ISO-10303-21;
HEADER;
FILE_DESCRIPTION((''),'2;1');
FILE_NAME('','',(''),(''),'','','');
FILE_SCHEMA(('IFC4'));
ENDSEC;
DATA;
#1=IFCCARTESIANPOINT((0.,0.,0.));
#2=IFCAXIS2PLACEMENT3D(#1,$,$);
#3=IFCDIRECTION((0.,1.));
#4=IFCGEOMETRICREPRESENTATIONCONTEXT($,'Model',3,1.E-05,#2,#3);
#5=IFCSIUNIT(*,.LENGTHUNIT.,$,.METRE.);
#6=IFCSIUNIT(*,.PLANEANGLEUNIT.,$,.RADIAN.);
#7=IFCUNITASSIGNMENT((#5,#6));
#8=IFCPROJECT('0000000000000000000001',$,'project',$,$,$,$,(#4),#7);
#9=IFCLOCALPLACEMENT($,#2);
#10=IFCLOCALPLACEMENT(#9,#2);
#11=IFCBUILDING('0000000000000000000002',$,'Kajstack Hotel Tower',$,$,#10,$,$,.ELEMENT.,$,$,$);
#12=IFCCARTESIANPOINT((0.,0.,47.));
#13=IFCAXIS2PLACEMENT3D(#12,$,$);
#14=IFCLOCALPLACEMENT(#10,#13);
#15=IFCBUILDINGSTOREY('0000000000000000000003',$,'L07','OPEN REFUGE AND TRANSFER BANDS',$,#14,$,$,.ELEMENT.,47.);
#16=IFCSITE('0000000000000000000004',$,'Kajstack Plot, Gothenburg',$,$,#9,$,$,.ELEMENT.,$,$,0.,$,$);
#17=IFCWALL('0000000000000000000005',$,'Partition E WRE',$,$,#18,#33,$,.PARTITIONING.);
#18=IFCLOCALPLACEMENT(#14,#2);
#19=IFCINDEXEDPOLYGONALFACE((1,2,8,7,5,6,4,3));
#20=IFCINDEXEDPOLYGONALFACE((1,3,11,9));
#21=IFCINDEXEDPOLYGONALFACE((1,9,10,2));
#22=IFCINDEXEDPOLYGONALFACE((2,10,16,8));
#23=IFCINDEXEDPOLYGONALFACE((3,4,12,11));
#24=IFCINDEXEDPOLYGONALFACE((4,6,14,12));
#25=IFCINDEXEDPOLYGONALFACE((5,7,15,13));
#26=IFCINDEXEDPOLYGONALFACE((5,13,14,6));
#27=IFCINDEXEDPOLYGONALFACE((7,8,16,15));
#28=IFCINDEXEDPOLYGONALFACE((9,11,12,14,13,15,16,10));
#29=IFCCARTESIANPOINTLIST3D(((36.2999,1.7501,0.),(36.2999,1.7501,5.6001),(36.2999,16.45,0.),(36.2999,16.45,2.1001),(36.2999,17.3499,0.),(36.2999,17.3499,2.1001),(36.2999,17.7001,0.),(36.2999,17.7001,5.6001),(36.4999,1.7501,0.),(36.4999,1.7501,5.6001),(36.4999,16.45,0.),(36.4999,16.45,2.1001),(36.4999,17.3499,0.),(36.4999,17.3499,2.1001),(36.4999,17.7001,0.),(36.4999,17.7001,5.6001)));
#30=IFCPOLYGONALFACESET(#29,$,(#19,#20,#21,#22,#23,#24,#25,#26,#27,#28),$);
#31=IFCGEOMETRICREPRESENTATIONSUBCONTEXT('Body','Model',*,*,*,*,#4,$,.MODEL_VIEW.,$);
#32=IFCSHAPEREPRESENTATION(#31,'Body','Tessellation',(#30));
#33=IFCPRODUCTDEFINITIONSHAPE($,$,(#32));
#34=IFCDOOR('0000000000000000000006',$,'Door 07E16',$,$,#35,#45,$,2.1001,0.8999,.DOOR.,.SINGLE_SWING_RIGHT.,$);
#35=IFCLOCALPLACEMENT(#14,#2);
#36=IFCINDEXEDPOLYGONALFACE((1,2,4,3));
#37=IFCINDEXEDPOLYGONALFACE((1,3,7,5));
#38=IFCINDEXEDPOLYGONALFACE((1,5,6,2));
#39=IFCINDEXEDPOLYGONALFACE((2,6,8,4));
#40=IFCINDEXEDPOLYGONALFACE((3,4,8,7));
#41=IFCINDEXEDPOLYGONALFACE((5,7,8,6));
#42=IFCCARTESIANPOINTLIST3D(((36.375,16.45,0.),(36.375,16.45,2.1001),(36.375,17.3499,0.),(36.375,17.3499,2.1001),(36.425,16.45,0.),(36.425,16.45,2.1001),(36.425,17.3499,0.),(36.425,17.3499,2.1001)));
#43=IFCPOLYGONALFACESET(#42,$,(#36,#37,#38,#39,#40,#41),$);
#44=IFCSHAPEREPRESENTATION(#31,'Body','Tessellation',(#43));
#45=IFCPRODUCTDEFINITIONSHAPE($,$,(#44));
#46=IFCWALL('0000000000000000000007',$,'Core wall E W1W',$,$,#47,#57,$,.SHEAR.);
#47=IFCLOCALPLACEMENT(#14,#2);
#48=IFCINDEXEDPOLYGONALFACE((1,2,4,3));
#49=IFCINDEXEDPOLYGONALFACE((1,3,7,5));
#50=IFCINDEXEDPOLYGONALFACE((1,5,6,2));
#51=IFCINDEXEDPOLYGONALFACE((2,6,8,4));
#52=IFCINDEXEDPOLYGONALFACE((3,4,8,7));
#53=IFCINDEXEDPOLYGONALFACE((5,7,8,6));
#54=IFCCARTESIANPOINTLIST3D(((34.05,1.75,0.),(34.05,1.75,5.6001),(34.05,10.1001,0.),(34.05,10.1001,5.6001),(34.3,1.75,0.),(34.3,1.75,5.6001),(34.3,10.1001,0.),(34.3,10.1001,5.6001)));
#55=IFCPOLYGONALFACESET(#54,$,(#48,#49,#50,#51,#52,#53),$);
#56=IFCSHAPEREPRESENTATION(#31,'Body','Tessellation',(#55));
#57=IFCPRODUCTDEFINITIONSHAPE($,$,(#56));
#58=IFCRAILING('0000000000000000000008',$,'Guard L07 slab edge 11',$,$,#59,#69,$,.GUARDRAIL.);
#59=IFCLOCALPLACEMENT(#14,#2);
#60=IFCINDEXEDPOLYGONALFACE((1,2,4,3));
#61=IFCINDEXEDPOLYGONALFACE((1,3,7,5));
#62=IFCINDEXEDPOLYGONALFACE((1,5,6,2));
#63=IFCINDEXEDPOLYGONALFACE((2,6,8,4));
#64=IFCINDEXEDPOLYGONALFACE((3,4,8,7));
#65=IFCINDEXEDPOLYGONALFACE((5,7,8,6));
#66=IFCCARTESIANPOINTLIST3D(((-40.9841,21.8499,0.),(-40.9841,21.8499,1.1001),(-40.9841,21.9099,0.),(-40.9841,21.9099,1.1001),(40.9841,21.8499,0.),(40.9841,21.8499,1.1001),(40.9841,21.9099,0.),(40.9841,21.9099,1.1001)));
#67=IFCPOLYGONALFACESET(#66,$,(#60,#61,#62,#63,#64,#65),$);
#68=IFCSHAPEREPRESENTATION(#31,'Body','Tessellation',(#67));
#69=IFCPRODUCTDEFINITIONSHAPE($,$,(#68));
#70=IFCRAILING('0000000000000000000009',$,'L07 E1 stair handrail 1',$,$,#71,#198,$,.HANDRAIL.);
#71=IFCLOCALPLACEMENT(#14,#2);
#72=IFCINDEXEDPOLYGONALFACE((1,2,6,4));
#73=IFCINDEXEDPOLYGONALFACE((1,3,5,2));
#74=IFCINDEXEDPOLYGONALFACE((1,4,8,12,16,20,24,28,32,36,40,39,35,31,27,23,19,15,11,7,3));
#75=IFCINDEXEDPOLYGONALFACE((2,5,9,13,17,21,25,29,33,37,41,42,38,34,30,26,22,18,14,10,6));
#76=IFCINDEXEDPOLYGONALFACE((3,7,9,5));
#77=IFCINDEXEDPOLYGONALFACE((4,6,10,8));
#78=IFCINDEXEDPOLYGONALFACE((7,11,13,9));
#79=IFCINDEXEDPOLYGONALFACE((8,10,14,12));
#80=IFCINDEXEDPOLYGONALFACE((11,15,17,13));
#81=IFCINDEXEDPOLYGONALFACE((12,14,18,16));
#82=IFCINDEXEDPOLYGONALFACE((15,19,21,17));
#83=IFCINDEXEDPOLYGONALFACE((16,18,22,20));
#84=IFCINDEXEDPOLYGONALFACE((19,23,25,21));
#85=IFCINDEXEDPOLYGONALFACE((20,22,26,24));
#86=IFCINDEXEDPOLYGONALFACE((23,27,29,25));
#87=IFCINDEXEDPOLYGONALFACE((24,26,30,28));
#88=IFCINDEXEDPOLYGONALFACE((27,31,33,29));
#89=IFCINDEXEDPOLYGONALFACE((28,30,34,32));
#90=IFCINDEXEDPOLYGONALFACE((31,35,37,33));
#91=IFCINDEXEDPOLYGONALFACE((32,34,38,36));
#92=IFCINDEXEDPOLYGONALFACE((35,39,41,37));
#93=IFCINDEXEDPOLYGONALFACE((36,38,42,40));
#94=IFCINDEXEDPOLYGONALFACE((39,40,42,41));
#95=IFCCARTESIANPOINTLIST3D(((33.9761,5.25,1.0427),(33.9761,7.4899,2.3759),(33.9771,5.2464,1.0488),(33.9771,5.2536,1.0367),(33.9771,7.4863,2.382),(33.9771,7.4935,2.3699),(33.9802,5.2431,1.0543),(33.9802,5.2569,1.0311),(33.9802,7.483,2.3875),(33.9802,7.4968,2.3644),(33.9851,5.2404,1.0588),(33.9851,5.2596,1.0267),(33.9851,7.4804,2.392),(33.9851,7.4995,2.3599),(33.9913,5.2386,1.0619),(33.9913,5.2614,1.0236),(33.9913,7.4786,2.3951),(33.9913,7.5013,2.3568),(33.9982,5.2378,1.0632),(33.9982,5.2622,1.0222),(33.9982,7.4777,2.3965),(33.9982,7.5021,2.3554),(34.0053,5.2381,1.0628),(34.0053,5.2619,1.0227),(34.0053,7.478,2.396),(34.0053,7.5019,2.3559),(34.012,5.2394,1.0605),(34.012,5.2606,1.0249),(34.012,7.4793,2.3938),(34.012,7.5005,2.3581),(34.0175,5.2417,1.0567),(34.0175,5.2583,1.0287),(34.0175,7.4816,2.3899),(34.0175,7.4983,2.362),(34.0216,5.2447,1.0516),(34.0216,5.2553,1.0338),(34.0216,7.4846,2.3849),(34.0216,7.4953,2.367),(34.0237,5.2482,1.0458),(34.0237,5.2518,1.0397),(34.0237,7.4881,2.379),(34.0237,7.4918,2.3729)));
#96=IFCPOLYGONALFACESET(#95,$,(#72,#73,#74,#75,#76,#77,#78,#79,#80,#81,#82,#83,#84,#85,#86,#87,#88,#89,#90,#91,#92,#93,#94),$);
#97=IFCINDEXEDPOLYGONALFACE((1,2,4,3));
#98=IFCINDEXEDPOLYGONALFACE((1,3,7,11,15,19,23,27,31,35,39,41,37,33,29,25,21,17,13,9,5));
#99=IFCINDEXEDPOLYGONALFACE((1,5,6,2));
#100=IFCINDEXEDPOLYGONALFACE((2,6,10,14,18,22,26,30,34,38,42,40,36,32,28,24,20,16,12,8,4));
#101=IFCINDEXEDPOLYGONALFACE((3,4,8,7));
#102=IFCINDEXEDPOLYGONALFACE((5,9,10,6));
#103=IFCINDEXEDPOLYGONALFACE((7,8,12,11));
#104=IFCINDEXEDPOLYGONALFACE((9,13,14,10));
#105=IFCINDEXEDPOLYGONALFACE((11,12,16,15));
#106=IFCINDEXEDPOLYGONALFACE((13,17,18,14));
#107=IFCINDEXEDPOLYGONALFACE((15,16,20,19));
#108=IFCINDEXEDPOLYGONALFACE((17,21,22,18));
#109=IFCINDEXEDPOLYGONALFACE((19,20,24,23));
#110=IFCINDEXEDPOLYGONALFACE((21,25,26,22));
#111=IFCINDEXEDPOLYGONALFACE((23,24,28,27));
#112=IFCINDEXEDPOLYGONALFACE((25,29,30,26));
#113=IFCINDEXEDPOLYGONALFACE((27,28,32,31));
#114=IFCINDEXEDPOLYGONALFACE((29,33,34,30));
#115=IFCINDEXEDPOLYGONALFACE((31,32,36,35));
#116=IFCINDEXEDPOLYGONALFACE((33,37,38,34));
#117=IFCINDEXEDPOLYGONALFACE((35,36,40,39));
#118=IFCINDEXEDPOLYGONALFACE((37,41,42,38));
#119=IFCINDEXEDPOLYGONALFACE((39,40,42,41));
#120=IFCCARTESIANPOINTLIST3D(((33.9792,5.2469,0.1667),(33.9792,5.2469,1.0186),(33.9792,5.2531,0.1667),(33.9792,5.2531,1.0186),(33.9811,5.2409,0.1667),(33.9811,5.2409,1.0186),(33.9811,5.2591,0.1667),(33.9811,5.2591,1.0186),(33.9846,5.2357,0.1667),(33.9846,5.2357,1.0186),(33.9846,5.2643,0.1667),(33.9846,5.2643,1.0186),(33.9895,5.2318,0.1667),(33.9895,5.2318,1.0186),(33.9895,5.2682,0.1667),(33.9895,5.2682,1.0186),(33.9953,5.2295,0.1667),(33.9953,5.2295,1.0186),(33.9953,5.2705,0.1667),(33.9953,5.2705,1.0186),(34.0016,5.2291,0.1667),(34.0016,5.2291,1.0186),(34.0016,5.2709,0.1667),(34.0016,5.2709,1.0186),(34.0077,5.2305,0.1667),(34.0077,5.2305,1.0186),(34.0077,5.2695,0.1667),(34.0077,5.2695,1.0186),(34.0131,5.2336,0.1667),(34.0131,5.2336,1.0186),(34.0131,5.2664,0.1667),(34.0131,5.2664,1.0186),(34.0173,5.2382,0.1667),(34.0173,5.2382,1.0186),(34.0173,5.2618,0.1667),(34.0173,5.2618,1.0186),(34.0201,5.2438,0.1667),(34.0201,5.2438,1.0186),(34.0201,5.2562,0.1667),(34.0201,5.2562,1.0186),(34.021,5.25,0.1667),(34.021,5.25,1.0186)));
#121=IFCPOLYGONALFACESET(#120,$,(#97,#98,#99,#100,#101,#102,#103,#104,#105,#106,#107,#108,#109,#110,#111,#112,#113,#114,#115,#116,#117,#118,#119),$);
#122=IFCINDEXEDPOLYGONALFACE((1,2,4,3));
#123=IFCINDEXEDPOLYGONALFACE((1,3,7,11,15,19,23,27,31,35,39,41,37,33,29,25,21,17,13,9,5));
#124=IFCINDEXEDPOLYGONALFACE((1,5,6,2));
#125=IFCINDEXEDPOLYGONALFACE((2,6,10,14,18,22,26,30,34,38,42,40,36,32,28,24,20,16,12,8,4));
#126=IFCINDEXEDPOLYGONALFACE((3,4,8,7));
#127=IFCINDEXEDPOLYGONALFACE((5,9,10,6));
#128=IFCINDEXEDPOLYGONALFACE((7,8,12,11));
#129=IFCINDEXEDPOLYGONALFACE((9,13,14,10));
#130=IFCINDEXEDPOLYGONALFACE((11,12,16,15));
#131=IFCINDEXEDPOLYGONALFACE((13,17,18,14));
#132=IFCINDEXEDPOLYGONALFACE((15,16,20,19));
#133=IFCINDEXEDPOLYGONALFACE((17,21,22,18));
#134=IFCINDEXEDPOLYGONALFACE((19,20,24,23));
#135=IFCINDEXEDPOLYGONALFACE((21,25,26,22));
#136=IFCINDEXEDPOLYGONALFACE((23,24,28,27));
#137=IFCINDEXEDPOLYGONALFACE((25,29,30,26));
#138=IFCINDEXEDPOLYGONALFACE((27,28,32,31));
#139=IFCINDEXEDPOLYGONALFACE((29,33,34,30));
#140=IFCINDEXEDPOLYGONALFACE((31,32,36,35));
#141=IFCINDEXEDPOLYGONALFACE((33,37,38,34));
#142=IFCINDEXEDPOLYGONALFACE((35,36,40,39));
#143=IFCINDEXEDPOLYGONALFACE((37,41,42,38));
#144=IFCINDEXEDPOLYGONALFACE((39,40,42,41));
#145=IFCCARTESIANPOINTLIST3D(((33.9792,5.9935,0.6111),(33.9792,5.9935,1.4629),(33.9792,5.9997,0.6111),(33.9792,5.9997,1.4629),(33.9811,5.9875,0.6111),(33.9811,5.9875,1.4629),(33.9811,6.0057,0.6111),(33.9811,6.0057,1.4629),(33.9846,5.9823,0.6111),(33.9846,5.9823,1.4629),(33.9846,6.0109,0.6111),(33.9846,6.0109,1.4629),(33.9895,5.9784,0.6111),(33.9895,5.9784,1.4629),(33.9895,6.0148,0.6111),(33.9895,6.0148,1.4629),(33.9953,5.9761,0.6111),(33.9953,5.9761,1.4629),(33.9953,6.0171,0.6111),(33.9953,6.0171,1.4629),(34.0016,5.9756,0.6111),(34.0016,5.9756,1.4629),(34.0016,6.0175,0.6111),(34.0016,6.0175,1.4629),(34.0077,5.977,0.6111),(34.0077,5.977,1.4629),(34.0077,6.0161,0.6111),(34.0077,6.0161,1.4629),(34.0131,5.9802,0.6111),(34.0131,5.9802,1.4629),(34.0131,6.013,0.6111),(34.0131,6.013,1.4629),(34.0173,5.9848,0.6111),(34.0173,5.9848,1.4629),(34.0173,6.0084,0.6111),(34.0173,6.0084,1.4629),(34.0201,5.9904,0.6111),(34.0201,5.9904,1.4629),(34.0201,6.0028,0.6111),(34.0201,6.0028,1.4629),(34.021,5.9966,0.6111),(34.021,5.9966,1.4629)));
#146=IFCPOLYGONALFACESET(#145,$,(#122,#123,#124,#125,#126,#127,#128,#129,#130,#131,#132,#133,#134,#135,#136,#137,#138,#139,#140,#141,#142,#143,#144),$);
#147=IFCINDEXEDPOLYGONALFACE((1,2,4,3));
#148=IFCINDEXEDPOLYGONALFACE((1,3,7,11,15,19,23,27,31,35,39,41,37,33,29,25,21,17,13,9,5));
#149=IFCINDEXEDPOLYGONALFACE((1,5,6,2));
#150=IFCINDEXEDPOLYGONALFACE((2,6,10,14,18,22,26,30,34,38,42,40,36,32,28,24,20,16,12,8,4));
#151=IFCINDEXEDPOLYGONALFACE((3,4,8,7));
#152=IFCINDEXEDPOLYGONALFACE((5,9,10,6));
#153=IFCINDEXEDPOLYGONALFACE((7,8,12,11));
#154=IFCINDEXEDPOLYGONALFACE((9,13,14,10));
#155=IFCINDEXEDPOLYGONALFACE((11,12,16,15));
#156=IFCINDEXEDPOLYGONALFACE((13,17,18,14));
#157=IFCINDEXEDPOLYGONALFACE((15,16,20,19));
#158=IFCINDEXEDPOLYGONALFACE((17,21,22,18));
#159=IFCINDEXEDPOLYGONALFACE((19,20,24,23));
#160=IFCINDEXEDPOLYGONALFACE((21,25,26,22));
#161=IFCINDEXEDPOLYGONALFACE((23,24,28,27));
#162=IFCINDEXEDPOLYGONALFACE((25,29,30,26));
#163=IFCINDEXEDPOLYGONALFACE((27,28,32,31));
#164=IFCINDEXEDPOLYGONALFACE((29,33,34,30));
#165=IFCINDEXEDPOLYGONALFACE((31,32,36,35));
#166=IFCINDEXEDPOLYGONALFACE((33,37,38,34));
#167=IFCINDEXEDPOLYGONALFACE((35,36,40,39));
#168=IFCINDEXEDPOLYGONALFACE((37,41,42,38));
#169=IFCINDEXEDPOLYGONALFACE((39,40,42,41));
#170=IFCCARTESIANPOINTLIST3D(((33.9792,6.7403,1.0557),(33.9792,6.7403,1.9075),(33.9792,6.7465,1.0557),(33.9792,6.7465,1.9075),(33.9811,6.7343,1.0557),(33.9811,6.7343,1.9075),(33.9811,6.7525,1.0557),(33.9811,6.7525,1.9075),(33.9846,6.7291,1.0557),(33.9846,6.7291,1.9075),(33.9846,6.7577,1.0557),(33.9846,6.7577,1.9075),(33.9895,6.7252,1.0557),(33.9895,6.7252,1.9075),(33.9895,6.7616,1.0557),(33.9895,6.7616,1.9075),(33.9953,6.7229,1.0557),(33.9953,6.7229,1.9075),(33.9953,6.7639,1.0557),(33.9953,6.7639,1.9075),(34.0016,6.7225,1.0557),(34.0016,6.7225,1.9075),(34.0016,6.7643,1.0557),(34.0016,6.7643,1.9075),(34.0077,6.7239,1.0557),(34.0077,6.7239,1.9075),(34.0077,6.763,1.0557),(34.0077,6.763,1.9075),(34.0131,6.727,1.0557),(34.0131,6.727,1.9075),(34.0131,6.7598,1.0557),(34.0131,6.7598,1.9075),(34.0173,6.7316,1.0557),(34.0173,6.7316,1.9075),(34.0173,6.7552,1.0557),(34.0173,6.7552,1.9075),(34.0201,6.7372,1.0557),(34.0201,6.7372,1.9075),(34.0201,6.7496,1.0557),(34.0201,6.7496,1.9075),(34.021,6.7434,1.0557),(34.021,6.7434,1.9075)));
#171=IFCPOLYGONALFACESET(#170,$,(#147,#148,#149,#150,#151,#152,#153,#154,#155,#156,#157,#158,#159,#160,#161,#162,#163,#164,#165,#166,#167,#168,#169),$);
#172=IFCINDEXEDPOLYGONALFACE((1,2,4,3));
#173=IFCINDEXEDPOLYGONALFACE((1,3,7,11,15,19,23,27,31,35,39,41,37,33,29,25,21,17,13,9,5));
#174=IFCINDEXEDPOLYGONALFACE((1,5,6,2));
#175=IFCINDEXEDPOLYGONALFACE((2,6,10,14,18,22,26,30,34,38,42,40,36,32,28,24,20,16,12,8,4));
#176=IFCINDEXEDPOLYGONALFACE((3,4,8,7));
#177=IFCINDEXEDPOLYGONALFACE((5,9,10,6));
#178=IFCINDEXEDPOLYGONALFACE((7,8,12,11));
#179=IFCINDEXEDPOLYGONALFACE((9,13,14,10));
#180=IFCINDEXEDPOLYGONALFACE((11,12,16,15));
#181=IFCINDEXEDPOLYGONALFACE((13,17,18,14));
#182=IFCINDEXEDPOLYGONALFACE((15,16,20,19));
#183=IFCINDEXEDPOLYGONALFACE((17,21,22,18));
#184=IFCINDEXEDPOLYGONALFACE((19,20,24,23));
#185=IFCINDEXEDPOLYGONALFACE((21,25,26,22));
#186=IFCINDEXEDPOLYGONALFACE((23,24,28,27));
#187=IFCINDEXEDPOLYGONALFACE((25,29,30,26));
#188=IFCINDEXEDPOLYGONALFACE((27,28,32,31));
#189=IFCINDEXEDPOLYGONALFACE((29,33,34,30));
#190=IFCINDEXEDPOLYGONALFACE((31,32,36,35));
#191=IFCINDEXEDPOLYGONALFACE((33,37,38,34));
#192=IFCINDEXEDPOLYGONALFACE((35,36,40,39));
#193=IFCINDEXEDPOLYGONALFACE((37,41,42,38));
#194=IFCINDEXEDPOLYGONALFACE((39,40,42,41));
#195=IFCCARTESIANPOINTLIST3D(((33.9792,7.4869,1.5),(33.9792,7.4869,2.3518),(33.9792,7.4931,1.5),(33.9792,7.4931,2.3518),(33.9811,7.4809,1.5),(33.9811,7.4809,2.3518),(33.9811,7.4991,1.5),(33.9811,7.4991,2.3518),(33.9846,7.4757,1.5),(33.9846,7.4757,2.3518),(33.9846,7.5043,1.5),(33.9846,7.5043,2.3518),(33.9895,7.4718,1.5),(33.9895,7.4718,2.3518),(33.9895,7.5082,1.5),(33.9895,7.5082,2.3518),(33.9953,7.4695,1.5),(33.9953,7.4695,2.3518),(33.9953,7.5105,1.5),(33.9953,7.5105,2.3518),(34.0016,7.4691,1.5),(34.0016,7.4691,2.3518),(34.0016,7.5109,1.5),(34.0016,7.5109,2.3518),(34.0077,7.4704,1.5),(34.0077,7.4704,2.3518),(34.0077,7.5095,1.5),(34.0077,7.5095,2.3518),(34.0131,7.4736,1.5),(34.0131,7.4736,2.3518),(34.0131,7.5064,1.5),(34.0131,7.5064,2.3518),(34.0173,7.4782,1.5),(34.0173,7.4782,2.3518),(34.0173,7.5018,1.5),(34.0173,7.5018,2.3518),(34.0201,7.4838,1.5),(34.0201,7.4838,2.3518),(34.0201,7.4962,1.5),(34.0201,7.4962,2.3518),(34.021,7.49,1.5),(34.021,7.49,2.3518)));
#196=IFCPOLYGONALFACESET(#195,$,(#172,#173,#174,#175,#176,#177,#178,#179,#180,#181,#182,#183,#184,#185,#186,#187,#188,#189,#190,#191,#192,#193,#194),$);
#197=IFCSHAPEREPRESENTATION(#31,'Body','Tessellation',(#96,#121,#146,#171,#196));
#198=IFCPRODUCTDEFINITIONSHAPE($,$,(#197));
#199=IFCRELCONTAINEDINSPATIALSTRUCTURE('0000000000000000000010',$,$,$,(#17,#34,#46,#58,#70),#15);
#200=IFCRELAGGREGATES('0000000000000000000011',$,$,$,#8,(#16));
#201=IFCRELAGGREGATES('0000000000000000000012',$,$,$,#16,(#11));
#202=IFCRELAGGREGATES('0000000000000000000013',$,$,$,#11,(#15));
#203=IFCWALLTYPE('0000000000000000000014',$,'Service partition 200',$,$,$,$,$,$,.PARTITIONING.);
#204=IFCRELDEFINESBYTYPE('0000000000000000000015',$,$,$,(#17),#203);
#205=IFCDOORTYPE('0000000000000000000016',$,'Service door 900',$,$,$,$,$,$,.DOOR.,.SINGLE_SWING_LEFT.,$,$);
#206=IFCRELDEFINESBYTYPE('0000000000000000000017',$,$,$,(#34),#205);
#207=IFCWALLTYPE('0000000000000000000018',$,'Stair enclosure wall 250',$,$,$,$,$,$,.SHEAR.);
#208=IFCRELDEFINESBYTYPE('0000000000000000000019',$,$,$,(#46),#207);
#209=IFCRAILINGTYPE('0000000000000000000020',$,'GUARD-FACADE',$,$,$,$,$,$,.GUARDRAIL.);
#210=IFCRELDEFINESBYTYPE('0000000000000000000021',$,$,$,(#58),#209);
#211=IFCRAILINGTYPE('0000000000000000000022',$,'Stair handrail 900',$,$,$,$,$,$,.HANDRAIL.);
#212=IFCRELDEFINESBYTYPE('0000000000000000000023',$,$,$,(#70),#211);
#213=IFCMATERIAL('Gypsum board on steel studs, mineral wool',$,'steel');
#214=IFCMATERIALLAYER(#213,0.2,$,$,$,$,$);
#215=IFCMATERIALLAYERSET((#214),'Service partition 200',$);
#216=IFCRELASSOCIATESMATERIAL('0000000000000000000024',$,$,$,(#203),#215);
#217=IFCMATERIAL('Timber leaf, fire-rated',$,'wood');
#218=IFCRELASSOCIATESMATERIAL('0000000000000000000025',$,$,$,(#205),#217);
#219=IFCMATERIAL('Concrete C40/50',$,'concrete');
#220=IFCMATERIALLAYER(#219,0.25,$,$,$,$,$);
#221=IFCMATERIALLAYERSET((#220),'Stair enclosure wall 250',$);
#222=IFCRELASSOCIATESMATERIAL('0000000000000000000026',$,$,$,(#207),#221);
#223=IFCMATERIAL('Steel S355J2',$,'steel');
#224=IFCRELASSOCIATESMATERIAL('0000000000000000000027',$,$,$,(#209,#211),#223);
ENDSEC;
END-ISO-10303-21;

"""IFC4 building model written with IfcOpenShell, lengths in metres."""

from ifc_helpers import new_model, si_unit, direction, frame, frame_2d, origin, origin_2d, place, context, subcontext, project, spatial, polyline, rectangle, circle, outline, extrude, material, layer, layer_set, type_object, element, fill, save


model = new_model("IFC4")

# Units and contexts
model_context = context("Model", 3, precision=1e-05, world=origin(), true_north=direction((0.0, 1.0)))
body_context = subcontext(model_context, "Body", "Model", "MODEL_VIEW")
ifc_project = project(units=[si_unit("LENGTHUNIT", "METRE"), si_unit("PLANEANGLEUNIT", "RADIAN")], contexts=[model_context])

# Site, building, storey
site_placement = place(None, origin())
site = spatial("IfcSite", under=ifc_project, at=site_placement, Name="Kajstack Plot, Gothenburg", CompositionType="ELEMENT", RefElevation=0.0)
building_placement = place(site_placement, origin())
building = spatial("IfcBuilding", under=site, at=building_placement, Name="Kajstack Hotel Tower", CompositionType="ELEMENT")
storey_placement = place(building_placement, frame((0.0, 0.0, 47.0)))
storey = spatial("IfcBuildingStorey", under=building, at=storey_placement, Name="L07", Description="OPEN REFUGE AND TRANSFER BANDS", CompositionType="ELEMENT", Elevation=47.0)

# Wall, opening, door
ifc_material_1 = material(Name="Gypsum board on steel studs, mineral wool", Category="steel")
ifc_layer_1 = layer(ifc_material_1, 0.2)
ifc_layer_set_1 = layer_set([ifc_layer_1], Name="Service partition 200")
wall_type_1 = type_object("IfcWallType", Name="Service partition 200", PredefinedType="PARTITIONING", material=ifc_layer_set_1)
wall_1_placement = place(storey_placement, frame((36.3999, 1.75, 0.0), z_axis=(0.0, 0.0, 1.0), x_axis=(0.0, 1.0, 0.0)))
wall_1 = element("IfcWall", 1, at=wall_1_placement, inside=storey, type_object=wall_type_1, Name="Partition E WRE", PredefinedType="PARTITIONING", context=body_context, shape_type="SweptSolid", body=[
    extrude(rectangle(XDim=15.95, YDim=0.2, at=frame_2d((7.9751, 0.0))), origin(), (0.0, 0.0, 1.0), 5.6001),
])
opening_placement = place(wall_1_placement, frame((14.7, 0.0, 0.0)))
opening = element("IfcOpeningElement", 2, at=opening_placement, cuts=wall_1, PredefinedType="OPENING", context=body_context, shape_type="SweptSolid", body=[
    extrude(rectangle(XDim=0.8999, YDim=2.1001, at=frame_2d((0.45, 1.05))), frame((0.0, 0.1099, 0.0), z_axis=(0.0, -1.0, 0.0), x_axis=(1.0, 0.0, 0.0)), (0.0, 0.0, 1.0), 0.22),
])
ifc_material_2 = material(Name="Timber leaf, fire-rated", Category="wood")
door_type = type_object("IfcDoorType", Name="Service door 900", OperationType="SINGLE_SWING_LEFT", PredefinedType="DOOR", material=ifc_material_2)
door_placement = place(opening_placement, origin())
door = element("IfcDoor", 3, at=door_placement, inside=storey, type_object=door_type, Name="Door 07E16", OperationType="SINGLE_SWING_RIGHT", OverallHeight=2.1001, OverallWidth=0.8999, PredefinedType="DOOR", context=body_context, shape_type="SweptSolid", body=[
    extrude(rectangle(XDim=0.8999, YDim=2.1001, at=frame_2d((0.45, 1.05))), frame((0.0, 0.0249, 0.0), z_axis=(0.0, -1.0, 0.0), x_axis=(1.0, 0.0, 0.0)), (0.0, 0.0, 1.0), 0.05),
])
fill(opening, door)

# Wall
ifc_material_3 = material(Name="Concrete C40/50", Category="concrete")
ifc_layer_2 = layer(ifc_material_3, 0.25)
ifc_layer_set_2 = layer_set([ifc_layer_2], Name="Stair enclosure wall 250")
wall_type_2 = type_object("IfcWallType", Name="Stair enclosure wall 250", PredefinedType="SHEAR", material=ifc_layer_set_2)
wall_2_placement = place(storey_placement, frame((34.175, 1.75, 0.0), z_axis=(0.0, 0.0, 1.0), x_axis=(0.0, 1.0, 0.0)))
element("IfcWall", 4, at=wall_2_placement, inside=storey, type_object=wall_type_2, Name="Core wall E W1W", PredefinedType="SHEAR", context=body_context, shape_type="SweptSolid", body=[
    extrude(rectangle(XDim=8.3501, YDim=0.25, at=frame_2d((4.175, 0.0))), origin(), (0.0, 0.0, 1.0), 5.6001),
])

# Railings
ifc_material_4 = material(Name="Steel S355J2", Category="steel")
railing_type_1 = type_object("IfcRailingType", Name="GUARD-FACADE", PredefinedType="GUARDRAIL", material=ifc_material_4)
railing_1_placement = place(storey_placement, frame((40.9841, 21.8799, 0.0)))
element("IfcRailing", 5, at=railing_1_placement, inside=storey, type_object=railing_type_1, Name="Guard L07 slab edge 11", PredefinedType="GUARDRAIL", context=body_context, shape_type="SweptSolid", body=[
    extrude(outline(polyline([(-81.9683, -0.03), (-81.9683, 0.03), (0.0, 0.03), (0.0, -0.03), (-81.9683, -0.03)])), origin(), (0.0, 0.0, 1.0), 1.1001),
])
railing_type_2 = type_object("IfcRailingType", Name="Stair handrail 900", PredefinedType="HANDRAIL", material=ifc_material_4)
for number, where, name in (
    (6, (34.0, 5.25, 0.1667), "L07 E1 stair handrail 1"),
):
    element("IfcRailing", number, at=place(storey_placement, frame(where)), inside=storey, type_object=railing_type_2, Name=name, PredefinedType="HANDRAIL", context=body_context, shape_type="SweptSolid", body=[
        extrude(circle(Radius=0.0239, at=origin_2d()), frame((0.0, 0.0, 0.876), z_axis=(0.0, 0.859306, 0.511462), x_axis=(-1.0, 0.0, 0.0)), (0.0, 0.0, 1.0), 2.6067),
        extrude(circle(Radius=0.021, at=origin_2d()), origin(), (0.0, 0.0, 1.0), 0.8518),
        extrude(circle(Radius=0.021, at=origin_2d()), frame((0.0, 0.7466, 0.4443)), (0.0, 0.0, 1.0), 0.8518),
        extrude(circle(Radius=0.021, at=origin_2d()), frame((0.0, 1.4934, 0.8889)), (0.0, 0.0, 1.0), 0.8518),
        extrude(circle(Radius=0.021, at=origin_2d()), frame((0.0, 2.24, 1.3333)), (0.0, 0.0, 1.0), 0.8518),
    ])

save(model, "model.ifc")
